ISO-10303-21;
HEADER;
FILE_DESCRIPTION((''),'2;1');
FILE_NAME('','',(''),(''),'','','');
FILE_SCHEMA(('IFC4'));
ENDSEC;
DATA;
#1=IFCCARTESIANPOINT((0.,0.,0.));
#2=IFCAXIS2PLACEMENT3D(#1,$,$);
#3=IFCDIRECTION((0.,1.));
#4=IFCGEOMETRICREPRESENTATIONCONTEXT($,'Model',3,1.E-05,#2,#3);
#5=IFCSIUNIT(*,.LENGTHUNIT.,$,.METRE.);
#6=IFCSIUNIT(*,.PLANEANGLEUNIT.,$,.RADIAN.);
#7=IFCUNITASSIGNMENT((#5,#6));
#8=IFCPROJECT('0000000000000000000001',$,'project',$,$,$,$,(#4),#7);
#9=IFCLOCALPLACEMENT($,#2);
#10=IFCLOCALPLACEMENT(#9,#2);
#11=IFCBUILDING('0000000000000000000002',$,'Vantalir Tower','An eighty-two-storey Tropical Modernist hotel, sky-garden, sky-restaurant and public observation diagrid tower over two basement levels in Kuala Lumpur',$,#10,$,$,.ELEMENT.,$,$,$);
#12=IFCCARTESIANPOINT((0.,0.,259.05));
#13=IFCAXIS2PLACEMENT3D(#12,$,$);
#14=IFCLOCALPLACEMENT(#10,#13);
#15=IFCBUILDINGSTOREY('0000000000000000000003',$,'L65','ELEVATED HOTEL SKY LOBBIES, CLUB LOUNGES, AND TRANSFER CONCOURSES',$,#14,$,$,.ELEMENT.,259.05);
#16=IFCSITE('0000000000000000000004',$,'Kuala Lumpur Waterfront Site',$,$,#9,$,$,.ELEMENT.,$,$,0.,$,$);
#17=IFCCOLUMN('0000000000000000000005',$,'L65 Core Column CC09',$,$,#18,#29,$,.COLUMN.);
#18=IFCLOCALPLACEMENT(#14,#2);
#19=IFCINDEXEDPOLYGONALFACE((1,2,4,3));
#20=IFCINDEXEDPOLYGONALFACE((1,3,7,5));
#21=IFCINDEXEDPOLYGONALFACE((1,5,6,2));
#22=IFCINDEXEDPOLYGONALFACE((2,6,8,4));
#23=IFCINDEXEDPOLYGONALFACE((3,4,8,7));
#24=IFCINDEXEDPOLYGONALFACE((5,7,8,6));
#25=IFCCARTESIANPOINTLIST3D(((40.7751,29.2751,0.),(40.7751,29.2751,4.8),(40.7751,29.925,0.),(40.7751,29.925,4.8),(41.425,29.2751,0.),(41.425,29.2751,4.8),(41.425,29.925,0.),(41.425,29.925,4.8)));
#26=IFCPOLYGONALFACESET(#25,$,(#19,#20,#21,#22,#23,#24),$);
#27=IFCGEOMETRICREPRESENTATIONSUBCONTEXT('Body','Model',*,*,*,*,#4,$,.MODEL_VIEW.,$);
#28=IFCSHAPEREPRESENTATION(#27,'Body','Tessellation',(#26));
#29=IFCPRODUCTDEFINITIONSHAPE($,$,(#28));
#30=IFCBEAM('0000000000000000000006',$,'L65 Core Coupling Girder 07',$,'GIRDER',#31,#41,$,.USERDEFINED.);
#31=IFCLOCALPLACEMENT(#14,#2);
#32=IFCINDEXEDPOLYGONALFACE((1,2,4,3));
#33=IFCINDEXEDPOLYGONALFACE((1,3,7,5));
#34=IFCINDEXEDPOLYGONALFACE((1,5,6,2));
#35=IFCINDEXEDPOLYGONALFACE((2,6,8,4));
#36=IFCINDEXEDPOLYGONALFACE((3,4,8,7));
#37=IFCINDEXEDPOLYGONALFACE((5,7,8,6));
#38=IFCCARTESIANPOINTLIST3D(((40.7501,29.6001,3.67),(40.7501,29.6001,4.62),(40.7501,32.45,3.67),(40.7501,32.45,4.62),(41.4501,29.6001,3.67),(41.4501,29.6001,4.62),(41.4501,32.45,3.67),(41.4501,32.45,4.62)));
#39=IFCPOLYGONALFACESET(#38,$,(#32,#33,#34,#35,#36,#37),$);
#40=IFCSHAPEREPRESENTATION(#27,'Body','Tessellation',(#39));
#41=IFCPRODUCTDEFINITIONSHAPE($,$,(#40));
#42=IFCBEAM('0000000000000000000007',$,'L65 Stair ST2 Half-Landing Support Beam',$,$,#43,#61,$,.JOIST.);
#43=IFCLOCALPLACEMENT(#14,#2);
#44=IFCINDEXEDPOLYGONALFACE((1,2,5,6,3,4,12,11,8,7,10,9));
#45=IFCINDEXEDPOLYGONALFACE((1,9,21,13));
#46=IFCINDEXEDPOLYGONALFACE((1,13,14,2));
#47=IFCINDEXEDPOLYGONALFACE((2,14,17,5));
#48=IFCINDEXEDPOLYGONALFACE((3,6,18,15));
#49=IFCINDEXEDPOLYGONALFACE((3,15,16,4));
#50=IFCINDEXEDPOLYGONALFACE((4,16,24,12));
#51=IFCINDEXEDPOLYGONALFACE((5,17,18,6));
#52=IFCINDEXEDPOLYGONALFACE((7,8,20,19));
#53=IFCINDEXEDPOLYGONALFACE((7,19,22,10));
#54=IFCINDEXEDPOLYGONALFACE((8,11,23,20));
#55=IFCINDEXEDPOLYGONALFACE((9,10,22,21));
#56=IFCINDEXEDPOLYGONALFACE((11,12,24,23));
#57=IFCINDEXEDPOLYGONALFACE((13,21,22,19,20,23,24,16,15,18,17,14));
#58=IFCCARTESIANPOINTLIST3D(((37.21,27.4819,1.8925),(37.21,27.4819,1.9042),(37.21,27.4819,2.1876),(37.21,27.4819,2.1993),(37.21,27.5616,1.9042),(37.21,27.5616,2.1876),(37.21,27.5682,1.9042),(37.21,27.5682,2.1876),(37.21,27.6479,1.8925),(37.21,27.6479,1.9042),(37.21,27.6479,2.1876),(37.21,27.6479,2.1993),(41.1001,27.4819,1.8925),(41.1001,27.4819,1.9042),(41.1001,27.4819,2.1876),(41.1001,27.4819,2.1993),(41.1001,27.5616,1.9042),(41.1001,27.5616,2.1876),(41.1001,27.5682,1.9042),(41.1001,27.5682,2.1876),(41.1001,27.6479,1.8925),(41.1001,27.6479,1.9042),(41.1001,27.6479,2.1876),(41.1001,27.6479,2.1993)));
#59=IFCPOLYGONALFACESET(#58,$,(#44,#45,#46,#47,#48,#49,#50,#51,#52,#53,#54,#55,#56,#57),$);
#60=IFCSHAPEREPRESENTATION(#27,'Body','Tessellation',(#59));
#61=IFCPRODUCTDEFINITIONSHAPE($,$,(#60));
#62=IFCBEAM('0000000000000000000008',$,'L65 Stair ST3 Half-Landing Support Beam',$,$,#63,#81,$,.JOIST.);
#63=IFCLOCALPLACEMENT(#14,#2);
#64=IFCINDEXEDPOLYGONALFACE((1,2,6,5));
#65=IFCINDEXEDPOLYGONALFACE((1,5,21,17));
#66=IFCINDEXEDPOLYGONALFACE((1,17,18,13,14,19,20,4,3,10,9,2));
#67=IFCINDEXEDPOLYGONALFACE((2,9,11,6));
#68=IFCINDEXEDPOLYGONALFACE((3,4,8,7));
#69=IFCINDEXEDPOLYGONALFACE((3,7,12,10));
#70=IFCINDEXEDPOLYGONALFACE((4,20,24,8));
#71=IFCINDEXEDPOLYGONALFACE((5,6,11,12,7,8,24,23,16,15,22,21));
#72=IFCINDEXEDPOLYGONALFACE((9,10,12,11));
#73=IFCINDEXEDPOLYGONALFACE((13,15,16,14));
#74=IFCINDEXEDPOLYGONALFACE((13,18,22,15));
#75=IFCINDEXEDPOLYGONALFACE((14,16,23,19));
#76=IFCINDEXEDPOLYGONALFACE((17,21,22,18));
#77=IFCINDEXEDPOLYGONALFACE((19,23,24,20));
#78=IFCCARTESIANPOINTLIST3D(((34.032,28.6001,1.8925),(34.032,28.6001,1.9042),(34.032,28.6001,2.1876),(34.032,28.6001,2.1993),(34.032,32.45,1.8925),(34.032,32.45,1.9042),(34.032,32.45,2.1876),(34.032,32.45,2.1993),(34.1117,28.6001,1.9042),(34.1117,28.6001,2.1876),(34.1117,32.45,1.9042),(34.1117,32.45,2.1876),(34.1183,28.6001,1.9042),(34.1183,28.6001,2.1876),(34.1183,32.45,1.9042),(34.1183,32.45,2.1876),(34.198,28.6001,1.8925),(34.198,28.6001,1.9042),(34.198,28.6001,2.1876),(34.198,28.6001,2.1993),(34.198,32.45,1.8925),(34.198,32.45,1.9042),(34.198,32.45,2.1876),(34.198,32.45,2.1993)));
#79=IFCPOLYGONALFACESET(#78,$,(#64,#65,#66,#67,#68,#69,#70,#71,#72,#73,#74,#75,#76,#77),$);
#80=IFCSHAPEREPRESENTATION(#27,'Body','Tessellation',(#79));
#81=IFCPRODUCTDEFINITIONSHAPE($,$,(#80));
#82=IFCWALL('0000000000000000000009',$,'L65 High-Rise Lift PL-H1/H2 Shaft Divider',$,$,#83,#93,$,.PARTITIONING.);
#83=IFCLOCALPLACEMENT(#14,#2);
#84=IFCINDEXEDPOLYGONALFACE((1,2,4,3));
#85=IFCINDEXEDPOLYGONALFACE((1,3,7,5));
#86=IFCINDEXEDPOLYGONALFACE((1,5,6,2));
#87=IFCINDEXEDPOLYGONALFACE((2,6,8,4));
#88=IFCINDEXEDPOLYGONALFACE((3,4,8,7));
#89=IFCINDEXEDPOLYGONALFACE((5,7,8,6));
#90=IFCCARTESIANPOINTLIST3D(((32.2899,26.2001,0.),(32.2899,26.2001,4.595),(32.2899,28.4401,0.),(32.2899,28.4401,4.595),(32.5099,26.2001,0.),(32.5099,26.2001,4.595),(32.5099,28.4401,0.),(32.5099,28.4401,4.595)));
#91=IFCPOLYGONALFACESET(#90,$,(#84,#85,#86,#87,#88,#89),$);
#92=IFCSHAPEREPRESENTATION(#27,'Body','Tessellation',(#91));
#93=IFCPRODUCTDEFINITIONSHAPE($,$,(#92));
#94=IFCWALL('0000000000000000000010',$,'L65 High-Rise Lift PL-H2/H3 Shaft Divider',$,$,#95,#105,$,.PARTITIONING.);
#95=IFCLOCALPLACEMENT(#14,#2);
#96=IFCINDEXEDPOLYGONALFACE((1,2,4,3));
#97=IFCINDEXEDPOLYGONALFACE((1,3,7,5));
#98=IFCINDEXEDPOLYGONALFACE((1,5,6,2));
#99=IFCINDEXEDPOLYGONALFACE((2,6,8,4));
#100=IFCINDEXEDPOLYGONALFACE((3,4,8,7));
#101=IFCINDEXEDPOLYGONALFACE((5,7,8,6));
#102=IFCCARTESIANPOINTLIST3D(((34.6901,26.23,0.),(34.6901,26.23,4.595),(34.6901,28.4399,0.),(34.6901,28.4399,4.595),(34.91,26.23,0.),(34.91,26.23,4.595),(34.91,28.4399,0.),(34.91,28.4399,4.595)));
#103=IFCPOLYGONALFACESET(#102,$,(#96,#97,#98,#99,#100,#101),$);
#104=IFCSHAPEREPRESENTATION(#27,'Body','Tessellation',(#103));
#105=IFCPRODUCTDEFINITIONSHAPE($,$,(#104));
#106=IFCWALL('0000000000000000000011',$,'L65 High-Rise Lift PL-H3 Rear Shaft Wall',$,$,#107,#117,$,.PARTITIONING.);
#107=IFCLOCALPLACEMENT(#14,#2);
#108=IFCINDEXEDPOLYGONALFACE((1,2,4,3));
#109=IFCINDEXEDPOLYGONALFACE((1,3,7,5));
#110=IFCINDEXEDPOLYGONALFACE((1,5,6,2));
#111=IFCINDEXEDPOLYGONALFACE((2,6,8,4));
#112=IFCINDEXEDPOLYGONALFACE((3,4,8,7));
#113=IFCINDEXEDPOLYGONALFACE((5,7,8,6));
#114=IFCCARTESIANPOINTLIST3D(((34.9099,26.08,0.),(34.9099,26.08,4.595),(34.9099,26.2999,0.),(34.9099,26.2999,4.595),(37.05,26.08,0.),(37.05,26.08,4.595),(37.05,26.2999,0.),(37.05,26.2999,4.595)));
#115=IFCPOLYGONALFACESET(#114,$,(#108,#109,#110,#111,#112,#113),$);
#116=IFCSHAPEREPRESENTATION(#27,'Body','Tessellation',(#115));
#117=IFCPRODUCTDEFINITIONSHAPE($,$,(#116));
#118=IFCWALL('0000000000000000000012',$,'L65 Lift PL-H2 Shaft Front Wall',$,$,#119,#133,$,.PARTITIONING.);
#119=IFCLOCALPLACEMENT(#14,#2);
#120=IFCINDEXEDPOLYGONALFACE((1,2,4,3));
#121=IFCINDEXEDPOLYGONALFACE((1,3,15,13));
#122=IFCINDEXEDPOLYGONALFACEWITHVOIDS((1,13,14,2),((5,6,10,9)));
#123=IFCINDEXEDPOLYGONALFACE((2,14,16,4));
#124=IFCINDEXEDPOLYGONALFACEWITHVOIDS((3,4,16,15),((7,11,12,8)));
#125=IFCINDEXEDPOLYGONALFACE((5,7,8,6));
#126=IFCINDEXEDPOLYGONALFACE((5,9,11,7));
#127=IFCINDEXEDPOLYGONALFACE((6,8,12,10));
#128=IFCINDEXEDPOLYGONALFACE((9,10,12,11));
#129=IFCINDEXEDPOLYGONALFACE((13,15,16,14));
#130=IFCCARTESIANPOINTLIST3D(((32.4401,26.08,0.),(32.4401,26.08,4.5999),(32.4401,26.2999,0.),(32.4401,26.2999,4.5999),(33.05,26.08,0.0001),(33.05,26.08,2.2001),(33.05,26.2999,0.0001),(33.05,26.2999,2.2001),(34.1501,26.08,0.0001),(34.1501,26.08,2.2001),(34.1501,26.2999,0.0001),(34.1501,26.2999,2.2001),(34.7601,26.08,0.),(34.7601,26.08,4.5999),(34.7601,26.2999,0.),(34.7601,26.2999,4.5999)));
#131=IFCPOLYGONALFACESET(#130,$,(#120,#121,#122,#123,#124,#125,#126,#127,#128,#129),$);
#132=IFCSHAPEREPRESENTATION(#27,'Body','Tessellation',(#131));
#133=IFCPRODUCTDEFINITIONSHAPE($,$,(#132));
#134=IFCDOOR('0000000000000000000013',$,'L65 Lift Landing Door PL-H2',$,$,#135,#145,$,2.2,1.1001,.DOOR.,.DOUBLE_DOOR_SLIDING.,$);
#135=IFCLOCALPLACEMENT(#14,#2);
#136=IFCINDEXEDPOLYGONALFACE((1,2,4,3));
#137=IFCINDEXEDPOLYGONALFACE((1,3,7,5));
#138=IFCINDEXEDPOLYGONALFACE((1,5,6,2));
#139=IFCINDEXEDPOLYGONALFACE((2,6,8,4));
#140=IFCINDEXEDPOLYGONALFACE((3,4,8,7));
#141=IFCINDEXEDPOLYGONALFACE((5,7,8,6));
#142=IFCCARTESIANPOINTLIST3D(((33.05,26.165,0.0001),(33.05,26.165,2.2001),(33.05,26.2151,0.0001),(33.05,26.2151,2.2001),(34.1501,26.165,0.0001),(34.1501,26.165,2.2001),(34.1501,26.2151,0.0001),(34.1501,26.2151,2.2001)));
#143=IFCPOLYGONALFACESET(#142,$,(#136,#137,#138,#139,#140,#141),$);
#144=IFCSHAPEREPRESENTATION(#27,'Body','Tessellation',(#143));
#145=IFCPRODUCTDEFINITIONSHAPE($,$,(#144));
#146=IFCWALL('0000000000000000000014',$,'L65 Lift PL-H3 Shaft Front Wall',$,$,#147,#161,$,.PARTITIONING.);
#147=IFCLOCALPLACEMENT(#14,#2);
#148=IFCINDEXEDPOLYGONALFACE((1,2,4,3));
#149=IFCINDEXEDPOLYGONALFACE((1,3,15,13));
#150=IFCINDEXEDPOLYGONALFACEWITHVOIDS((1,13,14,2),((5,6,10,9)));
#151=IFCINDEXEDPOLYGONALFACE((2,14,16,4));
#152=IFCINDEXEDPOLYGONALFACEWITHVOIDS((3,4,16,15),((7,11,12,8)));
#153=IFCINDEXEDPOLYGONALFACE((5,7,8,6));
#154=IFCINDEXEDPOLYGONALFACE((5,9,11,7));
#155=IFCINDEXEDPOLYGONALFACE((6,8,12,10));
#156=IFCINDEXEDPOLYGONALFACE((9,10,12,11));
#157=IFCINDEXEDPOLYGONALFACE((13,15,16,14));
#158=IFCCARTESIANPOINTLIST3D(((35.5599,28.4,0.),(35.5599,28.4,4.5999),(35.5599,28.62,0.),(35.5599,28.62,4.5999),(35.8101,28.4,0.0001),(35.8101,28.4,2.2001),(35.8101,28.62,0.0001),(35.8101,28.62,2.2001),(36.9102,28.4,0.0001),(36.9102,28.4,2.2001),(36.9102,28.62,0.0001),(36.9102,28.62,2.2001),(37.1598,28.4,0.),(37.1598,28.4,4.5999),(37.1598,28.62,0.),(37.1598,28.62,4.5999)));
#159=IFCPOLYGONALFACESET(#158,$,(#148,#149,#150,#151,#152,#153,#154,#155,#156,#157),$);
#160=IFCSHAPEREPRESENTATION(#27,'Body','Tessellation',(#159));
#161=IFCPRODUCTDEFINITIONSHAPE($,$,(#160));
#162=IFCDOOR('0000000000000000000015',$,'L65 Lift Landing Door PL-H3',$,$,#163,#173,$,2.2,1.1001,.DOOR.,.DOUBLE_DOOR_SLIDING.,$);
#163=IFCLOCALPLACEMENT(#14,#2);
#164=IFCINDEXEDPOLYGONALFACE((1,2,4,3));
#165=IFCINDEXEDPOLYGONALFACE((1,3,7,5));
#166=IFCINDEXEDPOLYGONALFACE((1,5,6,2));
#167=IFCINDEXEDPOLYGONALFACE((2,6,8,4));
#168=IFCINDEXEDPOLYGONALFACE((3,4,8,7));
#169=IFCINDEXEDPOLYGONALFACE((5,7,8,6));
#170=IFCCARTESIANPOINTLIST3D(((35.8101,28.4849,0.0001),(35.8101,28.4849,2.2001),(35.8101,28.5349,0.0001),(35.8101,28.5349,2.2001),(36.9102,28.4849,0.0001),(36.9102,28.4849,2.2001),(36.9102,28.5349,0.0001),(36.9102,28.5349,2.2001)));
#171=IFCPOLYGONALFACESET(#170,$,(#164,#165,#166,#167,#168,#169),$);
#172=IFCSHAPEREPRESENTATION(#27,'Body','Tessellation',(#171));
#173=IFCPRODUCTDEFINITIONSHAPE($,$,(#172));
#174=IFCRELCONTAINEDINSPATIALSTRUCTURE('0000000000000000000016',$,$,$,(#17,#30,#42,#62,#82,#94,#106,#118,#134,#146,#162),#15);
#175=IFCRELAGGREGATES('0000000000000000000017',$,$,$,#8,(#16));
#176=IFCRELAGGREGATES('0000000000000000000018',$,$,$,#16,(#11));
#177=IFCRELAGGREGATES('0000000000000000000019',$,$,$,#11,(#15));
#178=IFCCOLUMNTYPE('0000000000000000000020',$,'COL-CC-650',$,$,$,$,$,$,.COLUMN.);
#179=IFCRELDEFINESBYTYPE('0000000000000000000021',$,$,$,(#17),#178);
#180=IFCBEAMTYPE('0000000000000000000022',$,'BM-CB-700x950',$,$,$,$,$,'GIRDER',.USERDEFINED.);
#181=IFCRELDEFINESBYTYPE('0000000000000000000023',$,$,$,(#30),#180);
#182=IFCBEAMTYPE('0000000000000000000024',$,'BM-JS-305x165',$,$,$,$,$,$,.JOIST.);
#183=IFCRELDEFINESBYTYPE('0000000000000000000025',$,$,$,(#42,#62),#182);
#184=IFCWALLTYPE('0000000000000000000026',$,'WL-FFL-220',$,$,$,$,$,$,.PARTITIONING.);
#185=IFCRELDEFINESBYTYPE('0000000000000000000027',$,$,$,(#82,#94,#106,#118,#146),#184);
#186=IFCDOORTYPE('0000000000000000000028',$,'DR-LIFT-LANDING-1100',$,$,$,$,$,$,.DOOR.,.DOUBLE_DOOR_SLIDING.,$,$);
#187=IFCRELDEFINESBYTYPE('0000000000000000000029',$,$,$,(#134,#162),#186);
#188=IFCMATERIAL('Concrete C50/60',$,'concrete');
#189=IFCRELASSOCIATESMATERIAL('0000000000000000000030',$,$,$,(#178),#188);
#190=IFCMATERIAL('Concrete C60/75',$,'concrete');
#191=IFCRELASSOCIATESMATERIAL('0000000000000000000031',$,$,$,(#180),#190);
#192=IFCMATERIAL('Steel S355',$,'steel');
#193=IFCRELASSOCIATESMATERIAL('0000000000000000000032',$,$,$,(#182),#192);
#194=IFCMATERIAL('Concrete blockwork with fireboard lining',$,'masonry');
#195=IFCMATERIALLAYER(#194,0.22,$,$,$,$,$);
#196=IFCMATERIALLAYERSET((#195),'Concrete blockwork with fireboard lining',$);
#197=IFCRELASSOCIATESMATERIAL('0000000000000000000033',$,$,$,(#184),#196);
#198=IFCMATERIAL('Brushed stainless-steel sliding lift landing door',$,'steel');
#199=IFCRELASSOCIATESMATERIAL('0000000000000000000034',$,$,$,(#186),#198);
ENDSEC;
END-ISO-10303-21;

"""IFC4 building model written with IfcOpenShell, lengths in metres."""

from ifc_helpers import new_model, si_unit, direction, frame, frame_2d, origin, origin_2d, place, context, subcontext, project, spatial, rectangle, i_section, extrude, material, layer, layer_set, material_profile, profile_set, type_object, element, fill, save


model = new_model("IFC4")

# Units and contexts
model_context = context("Model", 3, precision=1e-05, world=origin(), true_north=direction((0.0, 1.0)))
body_context = subcontext(model_context, "Body", "Model", "MODEL_VIEW")
ifc_project = project(units=[si_unit("LENGTHUNIT", "METRE"), si_unit("PLANEANGLEUNIT", "RADIAN")], contexts=[model_context])

# Site, building, storey
site_placement = place(None, origin())
site = spatial("IfcSite", under=ifc_project, at=site_placement, Name="Kuala Lumpur Waterfront Site", CompositionType="ELEMENT", RefElevation=0.0)
building_placement = place(site_placement, origin())
building = spatial("IfcBuilding", under=site, at=building_placement, Name="Vantalir Tower", Description="An eighty-two-storey Tropical Modernist hotel, sky-garden, sky-restaurant and public observation diagrid tower over two basement levels in Kuala Lumpur", CompositionType="ELEMENT")
storey_placement = place(building_placement, frame((0.0, 0.0, 259.05)))
storey = spatial("IfcBuildingStorey", under=building, at=storey_placement, Name="L65", Description="ELEVATED HOTEL SKY LOBBIES, CLUB LOUNGES, AND TRANSFER CONCOURSES", CompositionType="ELEMENT", Elevation=259.05)

# Column
ifc_material_1 = material(Name="Concrete C50/60", Category="concrete")
ifc_material_profile_1 = material_profile(ifc_material_1, rectangle(XDim=0.6499, YDim=0.6499, at=origin_2d()), Name="Concrete C50/60")
ifc_profile_set_1 = profile_set([ifc_material_profile_1], Name="Concrete C50/60")
column_type = type_object("IfcColumnType", Name="COL-CC-650", PredefinedType="COLUMN", material=ifc_profile_set_1)
column_placement = place(storey_placement, frame((41.1001, 29.6001, 0.0), z_axis=(0.0, 0.0, 1.0), x_axis=(1.0, 0.0, 0.0)))
element("IfcColumn", 1, at=column_placement, inside=storey, type_object=column_type, Name="L65 Core Column CC09", PredefinedType="COLUMN", context=body_context, shape_type="SweptSolid", body=[
    extrude(rectangle(XDim=0.6499, YDim=0.6499, at=origin_2d()), origin(), (0.0, 0.0, 1.0), 4.8),
])

# Beams
ifc_material_2 = material(Name="Concrete C60/75", Category="concrete")
ifc_material_profile_2 = material_profile(ifc_material_2, rectangle(XDim=0.7, YDim=0.95, at=origin_2d()), Name="Concrete C60/75")
ifc_profile_set_2 = profile_set([ifc_material_profile_2], Name="Concrete C60/75")
beam_type_1 = type_object("IfcBeamType", Name="BM-CB-700x950", ElementType="GIRDER", PredefinedType="USERDEFINED", material=ifc_profile_set_2)
beam_1_placement = place(storey_placement, frame((41.1001, 29.6001, 4.145), z_axis=(0.0, 1.0, 0.0), x_axis=(-1.0, 0.0, 0.0)))
element("IfcBeam", 2, at=beam_1_placement, inside=storey, type_object=beam_type_1, Name="L65 Core Coupling Girder 07", ObjectType="GIRDER", PredefinedType="USERDEFINED", context=body_context, shape_type="SweptSolid", body=[
    extrude(rectangle(XDim=0.7, YDim=0.95, at=origin_2d()), origin(), (0.0, 0.0, 1.0), 2.8499),
])
ifc_material_3 = material(Name="Steel S355", Category="steel")
ifc_material_profile_3 = material_profile(ifc_material_3, i_section(OverallWidth=0.166, OverallDepth=0.3069, WebThickness=0.0066, FlangeThickness=0.0117, at=origin_2d()), Name="Steel S355")
ifc_profile_set_3 = profile_set([ifc_material_profile_3], Name="Steel S355")
beam_type_2 = type_object("IfcBeamType", Name="BM-JS-305x165", PredefinedType="JOIST", material=ifc_profile_set_3)
beam_2_placement = place(storey_placement, frame((37.21, 27.5649, 2.0459), z_axis=(1.0, 0.0, 0.0), x_axis=(0.0, 1.0, 0.0)))
element("IfcBeam", 3, at=beam_2_placement, inside=storey, type_object=beam_type_2, Name="L65 Stair ST2 Half-Landing Support Beam", PredefinedType="JOIST", context=body_context, shape_type="SweptSolid", body=[
    extrude(i_section(OverallWidth=0.166, OverallDepth=0.3069, WebThickness=0.0066, FlangeThickness=0.0117, at=origin_2d()), origin(), (0.0, 0.0, 1.0), 3.8901),
])
beam_3_placement = place(storey_placement, frame((34.115, 28.6001, 2.0459), z_axis=(0.0, 1.0, 0.0), x_axis=(-1.0, 0.0, 0.0)))
element("IfcBeam", 4, at=beam_3_placement, inside=storey, type_object=beam_type_2, Name="L65 Stair ST3 Half-Landing Support Beam", PredefinedType="JOIST", context=body_context, shape_type="SweptSolid", body=[
    extrude(i_section(OverallWidth=0.166, OverallDepth=0.3069, WebThickness=0.0066, FlangeThickness=0.0117, at=origin_2d()), origin(), (0.0, 0.0, 1.0), 3.8499),
])

# Walls
ifc_material_4 = material(Name="Concrete blockwork with fireboard lining", Category="masonry")
ifc_layer_1 = layer(ifc_material_4, 0.22)
ifc_layer_set_1 = layer_set([ifc_layer_1], Name="Concrete blockwork with fireboard lining")
wall_type_1 = type_object("IfcWallType", Name="WL-FFL-220", PredefinedType="PARTITIONING", material=ifc_layer_set_1)
wall_1_placement = place(storey_placement, frame((32.3999, 26.2, 0.0), z_axis=(0.0, 0.0, 1.0), x_axis=(0.0, 1.0, 0.0)))
element("IfcWall", 5, at=wall_1_placement, inside=storey, type_object=wall_type_1, Name="L65 High-Rise Lift PL-H1/H2 Shaft Divider", PredefinedType="PARTITIONING", context=body_context, shape_type="SweptSolid", body=[
    extrude(rectangle(XDim=2.24, YDim=0.22, at=frame_2d((1.1201, 0.0))), origin(), (0.0, 0.0, 1.0), 4.595),
])
wall_2_placement = place(storey_placement, frame((34.8, 26.23, 0.0), z_axis=(0.0, 0.0, 1.0), x_axis=(0.0, 1.0, 0.0)))
element("IfcWall", 6, at=wall_2_placement, inside=storey, type_object=wall_type_1, Name="L65 High-Rise Lift PL-H2/H3 Shaft Divider", PredefinedType="PARTITIONING", context=body_context, shape_type="SweptSolid", body=[
    extrude(rectangle(XDim=2.21, YDim=0.22, at=frame_2d((1.105, 0.0))), origin(), (0.0, 0.0, 1.0), 4.595),
])
wall_3_placement = place(storey_placement, frame((34.9099, 26.1899, 0.0), z_axis=(0.0, 0.0, 1.0), x_axis=(1.0, 0.0, 0.0)))
element("IfcWall", 7, at=wall_3_placement, inside=storey, type_object=wall_type_1, Name="L65 High-Rise Lift PL-H3 Rear Shaft Wall", PredefinedType="PARTITIONING", context=body_context, shape_type="SweptSolid", body=[
    extrude(rectangle(XDim=2.1401, YDim=0.22, at=frame_2d((1.0701, 0.0))), origin(), (0.0, 0.0, 1.0), 4.595),
])

# Walls, openings, doors
wall_4_placement = place(storey_placement, frame((32.4399, 26.1899, 0.0), z_axis=(0.0, 0.0, 1.0), x_axis=(1.0, 0.0, 0.0)))
wall_4 = element("IfcWall", 8, at=wall_4_placement, inside=storey, type_object=wall_type_1, Name="L65 Lift PL-H2 Shaft Front Wall", PredefinedType="PARTITIONING", context=body_context, shape_type="SweptSolid", body=[
    extrude(rectangle(XDim=2.3201, YDim=0.22, at=frame_2d((1.1602, 0.0))), origin(), (0.0, 0.0, 1.0), 4.5999),
])
opening_1_placement = place(wall_4_placement, frame((0.6101, 0.0, 0.0)))
opening_1 = element("IfcOpeningElement", 9, at=opening_1_placement, cuts=wall_4, PredefinedType="OPENING", context=body_context, shape_type="SweptSolid", body=[
    extrude(rectangle(XDim=1.1001, YDim=2.2, at=frame_2d((0.55, 1.1001))), frame((0.0, 0.1199, 0.0), z_axis=(0.0, -1.0, 0.0), x_axis=(1.0, 0.0, 0.0)), (0.0, 0.0, 1.0), 0.24),
])
ifc_material_5 = material(Name="Brushed stainless-steel sliding lift landing door", Category="steel")
door_type = type_object("IfcDoorType", Name="DR-LIFT-LANDING-1100", OperationType="DOUBLE_DOOR_SLIDING", PredefinedType="DOOR", material=ifc_material_5)
door_1_placement = place(opening_1_placement, frame((1.1001, 0.0, 0.0), z_axis=(0.0, 0.0, 1.0), x_axis=(-1.0, 0.0, 0.0)))
door_1 = element("IfcDoor", 10, at=door_1_placement, inside=storey, type_object=door_type, Name="L65 Lift Landing Door PL-H2", OperationType="DOUBLE_DOOR_SLIDING", OverallHeight=2.2, OverallWidth=1.1001, PredefinedType="DOOR", context=body_context, shape_type="SweptSolid", body=[
    extrude(rectangle(XDim=1.1001, YDim=2.2, at=frame_2d((0.55, 1.1001))), frame((0.0, 0.0249, 0.0), z_axis=(0.0, -1.0, 0.0), x_axis=(1.0, 0.0, 0.0)), (0.0, 0.0, 1.0), 0.05),
])
fill(opening_1, door_1)
wall_5_placement = place(storey_placement, frame((35.5601, 28.51, 0.0), z_axis=(0.0, 0.0, 1.0), x_axis=(1.0, 0.0, 0.0)))
wall_5 = element("IfcWall", 11, at=wall_5_placement, inside=storey, type_object=wall_type_1, Name="L65 Lift PL-H3 Shaft Front Wall", PredefinedType="PARTITIONING", context=body_context, shape_type="SweptSolid", body=[
    extrude(rectangle(XDim=1.5999, YDim=0.22, at=frame_2d((0.7998, 0.0))), origin(), (0.0, 0.0, 1.0), 4.5999),
])
opening_2_placement = place(wall_5_placement, frame((0.25, 0.0, 0.0)))
opening_2 = element("IfcOpeningElement", 12, at=opening_2_placement, cuts=wall_5, PredefinedType="OPENING", context=body_context, shape_type="SweptSolid", body=[
    extrude(rectangle(XDim=1.1001, YDim=2.2, at=frame_2d((0.55, 1.1001))), frame((0.0, 0.1199, 0.0), z_axis=(0.0, -1.0, 0.0), x_axis=(1.0, 0.0, 0.0)), (0.0, 0.0, 1.0), 0.24),
])
door_2_placement = place(opening_2_placement, origin())
door_2 = element("IfcDoor", 13, at=door_2_placement, inside=storey, type_object=door_type, Name="L65 Lift Landing Door PL-H3", OperationType="DOUBLE_DOOR_SLIDING", OverallHeight=2.2, OverallWidth=1.1001, PredefinedType="DOOR", context=body_context, shape_type="SweptSolid", body=[
    extrude(rectangle(XDim=1.1001, YDim=2.2, at=frame_2d((0.55, 1.1001))), frame((0.0, 0.0249, 0.0), z_axis=(0.0, -1.0, 0.0), x_axis=(1.0, 0.0, 0.0)), (0.0, 0.0, 1.0), 0.05),
])
fill(opening_2, door_2)

save(model, "model.ifc")
